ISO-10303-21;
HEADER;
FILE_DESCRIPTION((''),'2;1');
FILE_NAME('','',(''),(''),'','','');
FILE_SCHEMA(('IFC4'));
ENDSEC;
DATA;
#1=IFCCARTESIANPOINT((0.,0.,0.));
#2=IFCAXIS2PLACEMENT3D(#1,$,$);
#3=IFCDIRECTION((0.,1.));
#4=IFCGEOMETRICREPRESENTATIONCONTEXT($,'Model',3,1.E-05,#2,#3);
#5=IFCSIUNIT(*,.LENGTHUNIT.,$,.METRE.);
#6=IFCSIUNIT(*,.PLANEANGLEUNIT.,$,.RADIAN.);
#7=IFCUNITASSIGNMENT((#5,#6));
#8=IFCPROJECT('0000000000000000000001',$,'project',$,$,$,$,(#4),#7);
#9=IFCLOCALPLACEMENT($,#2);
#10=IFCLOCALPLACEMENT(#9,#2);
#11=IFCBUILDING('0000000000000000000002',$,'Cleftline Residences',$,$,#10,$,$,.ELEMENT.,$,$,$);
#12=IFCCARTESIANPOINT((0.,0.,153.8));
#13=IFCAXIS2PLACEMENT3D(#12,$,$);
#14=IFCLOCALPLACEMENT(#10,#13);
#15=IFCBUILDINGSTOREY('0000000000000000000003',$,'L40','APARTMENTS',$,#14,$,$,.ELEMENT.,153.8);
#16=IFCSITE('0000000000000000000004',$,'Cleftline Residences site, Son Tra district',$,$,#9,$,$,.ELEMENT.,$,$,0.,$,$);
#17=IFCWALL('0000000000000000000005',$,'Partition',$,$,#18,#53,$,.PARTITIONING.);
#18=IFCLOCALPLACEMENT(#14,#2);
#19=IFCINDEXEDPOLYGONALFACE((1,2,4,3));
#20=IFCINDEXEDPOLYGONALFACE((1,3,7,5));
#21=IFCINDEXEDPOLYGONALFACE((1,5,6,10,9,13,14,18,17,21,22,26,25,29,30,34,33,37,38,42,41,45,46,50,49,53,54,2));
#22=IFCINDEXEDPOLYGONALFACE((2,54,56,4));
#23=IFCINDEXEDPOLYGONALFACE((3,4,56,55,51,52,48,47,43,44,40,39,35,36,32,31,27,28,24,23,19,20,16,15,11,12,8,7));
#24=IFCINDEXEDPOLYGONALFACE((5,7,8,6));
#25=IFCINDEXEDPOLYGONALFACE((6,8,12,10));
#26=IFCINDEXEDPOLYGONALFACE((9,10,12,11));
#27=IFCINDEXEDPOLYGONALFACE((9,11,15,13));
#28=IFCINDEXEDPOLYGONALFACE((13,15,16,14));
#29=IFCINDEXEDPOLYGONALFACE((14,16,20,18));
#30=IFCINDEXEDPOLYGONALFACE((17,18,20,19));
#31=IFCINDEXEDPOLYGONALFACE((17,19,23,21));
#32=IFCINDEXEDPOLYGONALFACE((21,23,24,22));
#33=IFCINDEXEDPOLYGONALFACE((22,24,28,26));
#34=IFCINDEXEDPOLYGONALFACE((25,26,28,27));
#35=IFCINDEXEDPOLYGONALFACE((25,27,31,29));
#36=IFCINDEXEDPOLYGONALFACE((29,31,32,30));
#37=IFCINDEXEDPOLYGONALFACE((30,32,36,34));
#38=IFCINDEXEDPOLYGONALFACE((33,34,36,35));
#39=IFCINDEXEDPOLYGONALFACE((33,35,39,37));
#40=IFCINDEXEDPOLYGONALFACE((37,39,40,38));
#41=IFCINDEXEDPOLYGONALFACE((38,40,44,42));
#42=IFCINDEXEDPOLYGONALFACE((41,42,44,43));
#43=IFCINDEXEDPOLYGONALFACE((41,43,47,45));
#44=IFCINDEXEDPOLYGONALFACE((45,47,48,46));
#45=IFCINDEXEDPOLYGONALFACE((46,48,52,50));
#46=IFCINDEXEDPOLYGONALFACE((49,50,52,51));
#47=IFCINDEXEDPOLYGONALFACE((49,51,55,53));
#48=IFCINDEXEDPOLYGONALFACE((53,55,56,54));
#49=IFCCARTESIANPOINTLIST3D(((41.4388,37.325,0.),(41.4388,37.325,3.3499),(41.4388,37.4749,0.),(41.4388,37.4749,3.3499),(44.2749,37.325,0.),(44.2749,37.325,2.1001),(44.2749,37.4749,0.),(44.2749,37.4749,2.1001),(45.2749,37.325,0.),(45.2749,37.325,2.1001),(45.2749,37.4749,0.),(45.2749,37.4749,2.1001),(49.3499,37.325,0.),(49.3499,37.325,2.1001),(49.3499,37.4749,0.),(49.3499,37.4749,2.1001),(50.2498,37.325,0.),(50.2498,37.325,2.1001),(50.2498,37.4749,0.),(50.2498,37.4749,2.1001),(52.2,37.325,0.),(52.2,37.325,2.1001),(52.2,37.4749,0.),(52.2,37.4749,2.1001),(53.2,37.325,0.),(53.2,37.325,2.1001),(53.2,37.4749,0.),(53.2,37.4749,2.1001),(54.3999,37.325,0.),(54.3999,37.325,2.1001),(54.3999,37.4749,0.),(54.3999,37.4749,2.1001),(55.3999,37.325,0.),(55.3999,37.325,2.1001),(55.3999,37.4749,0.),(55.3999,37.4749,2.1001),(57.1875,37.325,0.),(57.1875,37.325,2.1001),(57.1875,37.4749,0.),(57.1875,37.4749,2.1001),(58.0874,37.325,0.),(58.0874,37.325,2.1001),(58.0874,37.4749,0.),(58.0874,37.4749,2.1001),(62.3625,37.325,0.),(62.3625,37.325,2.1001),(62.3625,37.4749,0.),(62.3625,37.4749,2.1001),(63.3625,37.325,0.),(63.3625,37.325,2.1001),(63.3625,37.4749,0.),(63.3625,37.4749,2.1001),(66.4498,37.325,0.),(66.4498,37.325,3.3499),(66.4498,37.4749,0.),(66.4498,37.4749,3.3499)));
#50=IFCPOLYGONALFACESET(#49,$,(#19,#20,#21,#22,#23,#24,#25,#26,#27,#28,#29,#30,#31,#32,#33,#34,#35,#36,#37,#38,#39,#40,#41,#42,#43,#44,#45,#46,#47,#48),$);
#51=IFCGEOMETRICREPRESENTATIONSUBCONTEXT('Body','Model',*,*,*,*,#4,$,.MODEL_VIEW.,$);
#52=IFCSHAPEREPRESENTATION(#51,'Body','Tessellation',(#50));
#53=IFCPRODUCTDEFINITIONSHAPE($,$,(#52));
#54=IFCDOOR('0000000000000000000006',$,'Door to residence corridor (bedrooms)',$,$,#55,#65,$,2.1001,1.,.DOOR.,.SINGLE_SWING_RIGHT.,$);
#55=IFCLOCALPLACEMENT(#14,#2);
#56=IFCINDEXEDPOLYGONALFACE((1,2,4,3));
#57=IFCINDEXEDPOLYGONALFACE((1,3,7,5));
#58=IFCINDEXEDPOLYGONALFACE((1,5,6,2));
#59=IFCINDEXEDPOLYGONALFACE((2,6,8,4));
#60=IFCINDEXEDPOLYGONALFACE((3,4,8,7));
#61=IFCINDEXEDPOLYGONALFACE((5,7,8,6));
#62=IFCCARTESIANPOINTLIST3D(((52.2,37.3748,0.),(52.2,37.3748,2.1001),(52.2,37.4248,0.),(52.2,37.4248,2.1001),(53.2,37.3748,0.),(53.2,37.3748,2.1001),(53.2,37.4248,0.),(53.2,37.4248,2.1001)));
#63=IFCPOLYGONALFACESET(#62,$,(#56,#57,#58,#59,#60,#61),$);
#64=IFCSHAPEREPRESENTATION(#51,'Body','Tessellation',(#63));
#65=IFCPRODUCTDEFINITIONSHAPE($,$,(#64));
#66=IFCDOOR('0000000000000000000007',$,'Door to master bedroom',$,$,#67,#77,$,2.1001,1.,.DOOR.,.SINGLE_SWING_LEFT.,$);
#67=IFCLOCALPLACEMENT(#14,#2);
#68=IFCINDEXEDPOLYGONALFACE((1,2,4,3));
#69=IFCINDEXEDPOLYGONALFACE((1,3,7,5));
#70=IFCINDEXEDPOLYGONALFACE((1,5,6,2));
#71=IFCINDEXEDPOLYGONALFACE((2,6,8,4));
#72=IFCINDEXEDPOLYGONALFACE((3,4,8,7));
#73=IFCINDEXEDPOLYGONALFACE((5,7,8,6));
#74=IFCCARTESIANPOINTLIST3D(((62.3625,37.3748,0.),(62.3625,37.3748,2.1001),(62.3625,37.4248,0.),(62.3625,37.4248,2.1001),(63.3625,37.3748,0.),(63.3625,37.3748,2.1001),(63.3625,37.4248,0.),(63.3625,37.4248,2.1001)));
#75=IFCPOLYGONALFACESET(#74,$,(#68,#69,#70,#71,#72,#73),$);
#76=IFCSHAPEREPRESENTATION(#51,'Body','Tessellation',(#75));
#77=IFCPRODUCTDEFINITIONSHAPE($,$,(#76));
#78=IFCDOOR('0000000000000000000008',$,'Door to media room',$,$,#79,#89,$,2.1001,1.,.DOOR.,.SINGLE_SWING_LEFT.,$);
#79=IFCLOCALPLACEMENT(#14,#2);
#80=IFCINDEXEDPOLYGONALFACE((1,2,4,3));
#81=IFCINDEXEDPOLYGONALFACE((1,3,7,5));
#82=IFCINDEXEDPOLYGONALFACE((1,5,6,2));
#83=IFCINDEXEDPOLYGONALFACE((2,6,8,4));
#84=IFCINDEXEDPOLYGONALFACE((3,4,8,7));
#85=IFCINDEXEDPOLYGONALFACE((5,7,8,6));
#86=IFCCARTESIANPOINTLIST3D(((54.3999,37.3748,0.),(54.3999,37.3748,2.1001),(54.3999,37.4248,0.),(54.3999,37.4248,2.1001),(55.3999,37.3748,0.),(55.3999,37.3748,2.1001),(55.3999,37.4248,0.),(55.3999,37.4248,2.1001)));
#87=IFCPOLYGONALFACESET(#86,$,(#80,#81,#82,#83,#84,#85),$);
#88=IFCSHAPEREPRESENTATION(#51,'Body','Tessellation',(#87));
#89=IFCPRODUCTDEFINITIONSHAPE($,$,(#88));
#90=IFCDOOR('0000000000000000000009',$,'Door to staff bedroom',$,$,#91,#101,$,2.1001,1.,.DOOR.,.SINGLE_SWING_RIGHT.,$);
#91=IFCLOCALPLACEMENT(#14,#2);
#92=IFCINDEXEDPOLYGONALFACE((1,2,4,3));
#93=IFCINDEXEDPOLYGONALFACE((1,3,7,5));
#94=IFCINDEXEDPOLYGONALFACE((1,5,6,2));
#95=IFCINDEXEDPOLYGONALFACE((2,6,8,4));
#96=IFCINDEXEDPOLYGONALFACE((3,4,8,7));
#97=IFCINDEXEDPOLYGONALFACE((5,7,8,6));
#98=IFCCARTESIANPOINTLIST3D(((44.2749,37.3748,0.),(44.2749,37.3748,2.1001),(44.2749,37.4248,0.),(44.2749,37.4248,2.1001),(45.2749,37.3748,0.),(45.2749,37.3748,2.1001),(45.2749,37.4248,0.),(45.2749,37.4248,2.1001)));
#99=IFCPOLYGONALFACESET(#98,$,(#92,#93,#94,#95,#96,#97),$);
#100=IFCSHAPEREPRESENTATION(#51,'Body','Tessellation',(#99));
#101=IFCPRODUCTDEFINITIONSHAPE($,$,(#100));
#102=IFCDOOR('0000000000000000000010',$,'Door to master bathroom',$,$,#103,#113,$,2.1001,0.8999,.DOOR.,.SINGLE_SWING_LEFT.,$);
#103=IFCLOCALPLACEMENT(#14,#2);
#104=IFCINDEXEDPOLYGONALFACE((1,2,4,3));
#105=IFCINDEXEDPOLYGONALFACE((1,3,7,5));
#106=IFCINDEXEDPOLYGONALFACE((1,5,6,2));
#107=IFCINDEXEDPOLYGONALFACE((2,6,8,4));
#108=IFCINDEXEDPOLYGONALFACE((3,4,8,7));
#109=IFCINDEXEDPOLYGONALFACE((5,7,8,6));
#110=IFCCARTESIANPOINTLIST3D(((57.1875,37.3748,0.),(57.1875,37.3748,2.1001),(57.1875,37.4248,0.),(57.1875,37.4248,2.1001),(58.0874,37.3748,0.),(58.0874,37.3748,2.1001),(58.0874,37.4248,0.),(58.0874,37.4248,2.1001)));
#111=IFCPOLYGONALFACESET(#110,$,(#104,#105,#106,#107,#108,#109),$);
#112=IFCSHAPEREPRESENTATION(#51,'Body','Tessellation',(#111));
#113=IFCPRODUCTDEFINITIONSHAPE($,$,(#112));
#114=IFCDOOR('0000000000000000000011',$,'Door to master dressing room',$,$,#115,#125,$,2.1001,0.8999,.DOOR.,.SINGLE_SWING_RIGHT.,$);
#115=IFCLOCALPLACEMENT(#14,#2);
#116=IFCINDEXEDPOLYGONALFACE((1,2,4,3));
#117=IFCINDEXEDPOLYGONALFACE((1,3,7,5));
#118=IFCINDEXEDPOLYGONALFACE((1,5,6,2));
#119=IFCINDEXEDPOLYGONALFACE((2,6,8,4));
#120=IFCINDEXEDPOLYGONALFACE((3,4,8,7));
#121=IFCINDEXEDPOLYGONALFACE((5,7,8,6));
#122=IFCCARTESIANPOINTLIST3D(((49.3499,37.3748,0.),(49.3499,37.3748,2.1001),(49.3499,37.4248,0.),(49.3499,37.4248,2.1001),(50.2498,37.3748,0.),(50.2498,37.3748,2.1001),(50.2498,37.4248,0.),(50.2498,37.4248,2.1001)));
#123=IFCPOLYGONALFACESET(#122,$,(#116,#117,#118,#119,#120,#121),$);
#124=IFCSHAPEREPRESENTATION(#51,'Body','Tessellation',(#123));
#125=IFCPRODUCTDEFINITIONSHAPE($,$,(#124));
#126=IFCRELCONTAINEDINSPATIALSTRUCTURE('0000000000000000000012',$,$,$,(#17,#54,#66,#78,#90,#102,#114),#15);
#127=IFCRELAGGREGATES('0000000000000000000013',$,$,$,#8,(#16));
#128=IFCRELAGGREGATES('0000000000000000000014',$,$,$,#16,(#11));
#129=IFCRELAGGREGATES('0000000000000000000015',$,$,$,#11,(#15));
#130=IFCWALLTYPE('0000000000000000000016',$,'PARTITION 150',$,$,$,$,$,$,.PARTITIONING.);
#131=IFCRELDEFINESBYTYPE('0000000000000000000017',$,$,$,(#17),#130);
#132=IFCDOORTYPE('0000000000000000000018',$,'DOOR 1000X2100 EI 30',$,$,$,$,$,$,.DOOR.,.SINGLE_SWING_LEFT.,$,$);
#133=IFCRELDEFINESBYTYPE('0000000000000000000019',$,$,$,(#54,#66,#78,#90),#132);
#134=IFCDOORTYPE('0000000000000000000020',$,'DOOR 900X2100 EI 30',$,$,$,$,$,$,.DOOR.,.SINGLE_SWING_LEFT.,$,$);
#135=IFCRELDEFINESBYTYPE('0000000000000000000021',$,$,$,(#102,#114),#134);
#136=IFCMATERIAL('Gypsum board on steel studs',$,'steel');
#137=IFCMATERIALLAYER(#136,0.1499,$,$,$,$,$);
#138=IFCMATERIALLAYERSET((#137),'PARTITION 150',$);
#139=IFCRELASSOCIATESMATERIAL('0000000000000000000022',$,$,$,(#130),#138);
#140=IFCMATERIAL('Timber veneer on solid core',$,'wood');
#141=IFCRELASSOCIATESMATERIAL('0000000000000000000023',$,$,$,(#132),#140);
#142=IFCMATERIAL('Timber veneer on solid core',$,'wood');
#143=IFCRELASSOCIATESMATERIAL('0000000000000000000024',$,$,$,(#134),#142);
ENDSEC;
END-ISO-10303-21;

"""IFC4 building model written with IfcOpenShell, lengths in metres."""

from ifc_helpers import new_model, si_unit, direction, frame, frame_2d, origin, place, context, subcontext, project, spatial, rectangle, extrude, material, layer, layer_set, type_object, element, fill, save


model = new_model("IFC4")

# Units and contexts
model_context = context("Model", 3, precision=1e-05, world=origin(), true_north=direction((0.0, 1.0)))
body_context = subcontext(model_context, "Body", "Model", "MODEL_VIEW")
ifc_project = project(units=[si_unit("LENGTHUNIT", "METRE"), si_unit("PLANEANGLEUNIT", "RADIAN")], contexts=[model_context])

# Site, building, storey
site_placement = place(None, origin())
site = spatial("IfcSite", under=ifc_project, at=site_placement, Name="Cleftline Residences site, Son Tra district", CompositionType="ELEMENT", RefElevation=0.0)
building_placement = place(site_placement, origin())
building = spatial("IfcBuilding", under=site, at=building_placement, Name="Cleftline Residences", CompositionType="ELEMENT")
storey_placement = place(building_placement, frame((0.0, 0.0, 153.8)))
storey = spatial("IfcBuildingStorey", under=building, at=storey_placement, Name="L40", Description="APARTMENTS", CompositionType="ELEMENT", Elevation=153.8)

# Shared definitions
ifc_material_1 = material(Name="Gypsum board on steel studs", Category="steel")
ifc_layer_1 = layer(ifc_material_1, 0.1499)
ifc_layer_set_1 = layer_set([ifc_layer_1], Name="PARTITION 150")
wall_type = type_object("IfcWallType", Name="PARTITION 150", PredefinedType="PARTITIONING", material=ifc_layer_set_1)

# Wall, openings, doors
wall_1_placement = place(storey_placement, frame((41.439, 37.3999, 0.0), z_axis=(0.0, 0.0, 1.0), x_axis=(1.0, 0.0, 0.0)))
wall_1 = element("IfcWall", 1, at=wall_1_placement, inside=storey, type_object=wall_type, Name="Partition", PredefinedType="PARTITIONING", context=body_context, shape_type="SweptSolid", body=[
    extrude(rectangle(XDim=25.011, YDim=0.1499, at=frame_2d((12.5054, 0.0))), origin(), (0.0, 0.0, 1.0), 3.3499),
])
opening_1_placement = place(wall_1_placement, frame((10.761, 0.0, 0.0)))
opening_1 = element("IfcOpeningElement", 2, at=opening_1_placement, cuts=wall_1, PredefinedType="OPENING", context=body_context, shape_type="SweptSolid", body=[
    extrude(rectangle(XDim=1.0, YDim=2.1001, at=frame_2d((0.5, 1.05))), frame((0.0, 0.085, 0.0), z_axis=(0.0, -1.0, 0.0), x_axis=(1.0, 0.0, 0.0)), (0.0, 0.0, 1.0), 0.1699),
])
opening_2_placement = place(wall_1_placement, frame((20.9236, 0.0, 0.0)))
opening_2 = element("IfcOpeningElement", 3, at=opening_2_placement, cuts=wall_1, PredefinedType="OPENING", context=body_context, shape_type="SweptSolid", body=[
    extrude(rectangle(XDim=1.0, YDim=2.1001, at=frame_2d((0.5, 1.05))), frame((0.0, 0.085, 0.0), z_axis=(0.0, -1.0, 0.0), x_axis=(1.0, 0.0, 0.0)), (0.0, 0.0, 1.0), 0.1699),
])
opening_3_placement = place(wall_1_placement, frame((15.7485, 0.0, 0.0)))
opening_3 = element("IfcOpeningElement", 4, at=opening_3_placement, cuts=wall_1, PredefinedType="OPENING", context=body_context, shape_type="SweptSolid", body=[
    extrude(rectangle(XDim=0.8999, YDim=2.1001, at=frame_2d((0.45, 1.05))), frame((0.0, 0.085, 0.0), z_axis=(0.0, -1.0, 0.0), x_axis=(1.0, 0.0, 0.0)), (0.0, 0.0, 1.0), 0.1699),
])
opening_4_placement = place(wall_1_placement, frame((12.9609, 0.0, 0.0)))
opening_4 = element("IfcOpeningElement", 5, at=opening_4_placement, cuts=wall_1, PredefinedType="OPENING", context=body_context, shape_type="SweptSolid", body=[
    extrude(rectangle(XDim=1.0, YDim=2.1001, at=frame_2d((0.5, 1.05))), frame((0.0, 0.085, 0.0), z_axis=(0.0, -1.0, 0.0), x_axis=(1.0, 0.0, 0.0)), (0.0, 0.0, 1.0), 0.1699),
])
opening_5_placement = place(wall_1_placement, frame((7.9109, 0.0, 0.0)))
opening_5 = element("IfcOpeningElement", 6, at=opening_5_placement, cuts=wall_1, PredefinedType="OPENING", context=body_context, shape_type="SweptSolid", body=[
    extrude(rectangle(XDim=0.8999, YDim=2.1001, at=frame_2d((0.45, 1.05))), frame((0.0, 0.085, 0.0), z_axis=(0.0, -1.0, 0.0), x_axis=(1.0, 0.0, 0.0)), (0.0, 0.0, 1.0), 0.1699),
])
opening_6_placement = place(wall_1_placement, frame((2.8359, 0.0, 0.0)))
opening_6 = element("IfcOpeningElement", 7, at=opening_6_placement, cuts=wall_1, PredefinedType="OPENING", context=body_context, shape_type="SweptSolid", body=[
    extrude(rectangle(XDim=1.0, YDim=2.1001, at=frame_2d((0.5, 1.05))), frame((0.0, 0.085, 0.0), z_axis=(0.0, -1.0, 0.0), x_axis=(1.0, 0.0, 0.0)), (0.0, 0.0, 1.0), 0.1699),
])
ifc_material_2 = material(Name="Timber veneer on solid core", Category="wood")
door_type_1 = type_object("IfcDoorType", Name="DOOR 1000X2100 EI 30", OperationType="SINGLE_SWING_LEFT", PredefinedType="DOOR", material=ifc_material_2)
door_1_placement = place(opening_1_placement, origin())
door_1 = element("IfcDoor", 8, at=door_1_placement, inside=storey, type_object=door_type_1, Name="Door to residence corridor (bedrooms)", OperationType="SINGLE_SWING_RIGHT", OverallHeight=2.1001, OverallWidth=1.0, PredefinedType="DOOR", context=body_context, shape_type="SweptSolid", body=[
    extrude(rectangle(XDim=1.0, YDim=2.1001, at=frame_2d((0.5, 1.05))), frame((0.0, 0.0249, 0.0), z_axis=(0.0, -1.0, 0.0), x_axis=(1.0, 0.0, 0.0)), (0.0, 0.0, 1.0), 0.05),
])
fill(opening_1, door_1)
door_2_placement = place(opening_2_placement, origin())
door_2 = element("IfcDoor", 9, at=door_2_placement, inside=storey, type_object=door_type_1, Name="Door to master bedroom", OperationType="SINGLE_SWING_LEFT", OverallHeight=2.1001, OverallWidth=1.0, PredefinedType="DOOR", context=body_context, shape_type="SweptSolid", body=[
    extrude(rectangle(XDim=1.0, YDim=2.1001, at=frame_2d((0.5, 1.05))), frame((0.0, 0.0249, 0.0), z_axis=(0.0, -1.0, 0.0), x_axis=(1.0, 0.0, 0.0)), (0.0, 0.0, 1.0), 0.05),
])
fill(opening_2, door_2)
door_3_placement = place(opening_4_placement, origin())
door_3 = element("IfcDoor", 10, at=door_3_placement, inside=storey, type_object=door_type_1, Name="Door to media room", OperationType="SINGLE_SWING_LEFT", OverallHeight=2.1001, OverallWidth=1.0, PredefinedType="DOOR", context=body_context, shape_type="SweptSolid", body=[
    extrude(rectangle(XDim=1.0, YDim=2.1001, at=frame_2d((0.5, 1.05))), frame((0.0, 0.0249, 0.0), z_axis=(0.0, -1.0, 0.0), x_axis=(1.0, 0.0, 0.0)), (0.0, 0.0, 1.0), 0.05),
])
fill(opening_4, door_3)
door_4_placement = place(opening_6_placement, origin())
door_4 = element("IfcDoor", 11, at=door_4_placement, inside=storey, type_object=door_type_1, Name="Door to staff bedroom", OperationType="SINGLE_SWING_RIGHT", OverallHeight=2.1001, OverallWidth=1.0, PredefinedType="DOOR", context=body_context, shape_type="SweptSolid", body=[
    extrude(rectangle(XDim=1.0, YDim=2.1001, at=frame_2d((0.5, 1.05))), frame((0.0, 0.0249, 0.0), z_axis=(0.0, -1.0, 0.0), x_axis=(1.0, 0.0, 0.0)), (0.0, 0.0, 1.0), 0.05),
])
fill(opening_6, door_4)
ifc_material_3 = material(Name="Timber veneer on solid core", Category="wood")
door_type_2 = type_object("IfcDoorType", Name="DOOR 900X2100 EI 30", OperationType="SINGLE_SWING_LEFT", PredefinedType="DOOR", material=ifc_material_3)
door_5_placement = place(opening_3_placement, origin())
door_5 = element("IfcDoor", 12, at=door_5_placement, inside=storey, type_object=door_type_2, Name="Door to master bathroom", OperationType="SINGLE_SWING_LEFT", OverallHeight=2.1001, OverallWidth=0.8999, PredefinedType="DOOR", context=body_context, shape_type="SweptSolid", body=[
    extrude(rectangle(XDim=0.8999, YDim=2.1001, at=frame_2d((0.45, 1.05))), frame((0.0, 0.0249, 0.0), z_axis=(0.0, -1.0, 0.0), x_axis=(1.0, 0.0, 0.0)), (0.0, 0.0, 1.0), 0.05),
])
fill(opening_3, door_5)
door_6_placement = place(opening_5_placement, origin())
door_6 = element("IfcDoor", 13, at=door_6_placement, inside=storey, type_object=door_type_2, Name="Door to master dressing room", OperationType="SINGLE_SWING_RIGHT", OverallHeight=2.1001, OverallWidth=0.8999, PredefinedType="DOOR", context=body_context, shape_type="SweptSolid", body=[
    extrude(rectangle(XDim=0.8999, YDim=2.1001, at=frame_2d((0.45, 1.05))), frame((0.0, 0.0249, 0.0), z_axis=(0.0, -1.0, 0.0), x_axis=(1.0, 0.0, 0.0)), (0.0, 0.0, 1.0), 0.05),
])
fill(opening_5, door_6)

save(model, "model.ifc")
